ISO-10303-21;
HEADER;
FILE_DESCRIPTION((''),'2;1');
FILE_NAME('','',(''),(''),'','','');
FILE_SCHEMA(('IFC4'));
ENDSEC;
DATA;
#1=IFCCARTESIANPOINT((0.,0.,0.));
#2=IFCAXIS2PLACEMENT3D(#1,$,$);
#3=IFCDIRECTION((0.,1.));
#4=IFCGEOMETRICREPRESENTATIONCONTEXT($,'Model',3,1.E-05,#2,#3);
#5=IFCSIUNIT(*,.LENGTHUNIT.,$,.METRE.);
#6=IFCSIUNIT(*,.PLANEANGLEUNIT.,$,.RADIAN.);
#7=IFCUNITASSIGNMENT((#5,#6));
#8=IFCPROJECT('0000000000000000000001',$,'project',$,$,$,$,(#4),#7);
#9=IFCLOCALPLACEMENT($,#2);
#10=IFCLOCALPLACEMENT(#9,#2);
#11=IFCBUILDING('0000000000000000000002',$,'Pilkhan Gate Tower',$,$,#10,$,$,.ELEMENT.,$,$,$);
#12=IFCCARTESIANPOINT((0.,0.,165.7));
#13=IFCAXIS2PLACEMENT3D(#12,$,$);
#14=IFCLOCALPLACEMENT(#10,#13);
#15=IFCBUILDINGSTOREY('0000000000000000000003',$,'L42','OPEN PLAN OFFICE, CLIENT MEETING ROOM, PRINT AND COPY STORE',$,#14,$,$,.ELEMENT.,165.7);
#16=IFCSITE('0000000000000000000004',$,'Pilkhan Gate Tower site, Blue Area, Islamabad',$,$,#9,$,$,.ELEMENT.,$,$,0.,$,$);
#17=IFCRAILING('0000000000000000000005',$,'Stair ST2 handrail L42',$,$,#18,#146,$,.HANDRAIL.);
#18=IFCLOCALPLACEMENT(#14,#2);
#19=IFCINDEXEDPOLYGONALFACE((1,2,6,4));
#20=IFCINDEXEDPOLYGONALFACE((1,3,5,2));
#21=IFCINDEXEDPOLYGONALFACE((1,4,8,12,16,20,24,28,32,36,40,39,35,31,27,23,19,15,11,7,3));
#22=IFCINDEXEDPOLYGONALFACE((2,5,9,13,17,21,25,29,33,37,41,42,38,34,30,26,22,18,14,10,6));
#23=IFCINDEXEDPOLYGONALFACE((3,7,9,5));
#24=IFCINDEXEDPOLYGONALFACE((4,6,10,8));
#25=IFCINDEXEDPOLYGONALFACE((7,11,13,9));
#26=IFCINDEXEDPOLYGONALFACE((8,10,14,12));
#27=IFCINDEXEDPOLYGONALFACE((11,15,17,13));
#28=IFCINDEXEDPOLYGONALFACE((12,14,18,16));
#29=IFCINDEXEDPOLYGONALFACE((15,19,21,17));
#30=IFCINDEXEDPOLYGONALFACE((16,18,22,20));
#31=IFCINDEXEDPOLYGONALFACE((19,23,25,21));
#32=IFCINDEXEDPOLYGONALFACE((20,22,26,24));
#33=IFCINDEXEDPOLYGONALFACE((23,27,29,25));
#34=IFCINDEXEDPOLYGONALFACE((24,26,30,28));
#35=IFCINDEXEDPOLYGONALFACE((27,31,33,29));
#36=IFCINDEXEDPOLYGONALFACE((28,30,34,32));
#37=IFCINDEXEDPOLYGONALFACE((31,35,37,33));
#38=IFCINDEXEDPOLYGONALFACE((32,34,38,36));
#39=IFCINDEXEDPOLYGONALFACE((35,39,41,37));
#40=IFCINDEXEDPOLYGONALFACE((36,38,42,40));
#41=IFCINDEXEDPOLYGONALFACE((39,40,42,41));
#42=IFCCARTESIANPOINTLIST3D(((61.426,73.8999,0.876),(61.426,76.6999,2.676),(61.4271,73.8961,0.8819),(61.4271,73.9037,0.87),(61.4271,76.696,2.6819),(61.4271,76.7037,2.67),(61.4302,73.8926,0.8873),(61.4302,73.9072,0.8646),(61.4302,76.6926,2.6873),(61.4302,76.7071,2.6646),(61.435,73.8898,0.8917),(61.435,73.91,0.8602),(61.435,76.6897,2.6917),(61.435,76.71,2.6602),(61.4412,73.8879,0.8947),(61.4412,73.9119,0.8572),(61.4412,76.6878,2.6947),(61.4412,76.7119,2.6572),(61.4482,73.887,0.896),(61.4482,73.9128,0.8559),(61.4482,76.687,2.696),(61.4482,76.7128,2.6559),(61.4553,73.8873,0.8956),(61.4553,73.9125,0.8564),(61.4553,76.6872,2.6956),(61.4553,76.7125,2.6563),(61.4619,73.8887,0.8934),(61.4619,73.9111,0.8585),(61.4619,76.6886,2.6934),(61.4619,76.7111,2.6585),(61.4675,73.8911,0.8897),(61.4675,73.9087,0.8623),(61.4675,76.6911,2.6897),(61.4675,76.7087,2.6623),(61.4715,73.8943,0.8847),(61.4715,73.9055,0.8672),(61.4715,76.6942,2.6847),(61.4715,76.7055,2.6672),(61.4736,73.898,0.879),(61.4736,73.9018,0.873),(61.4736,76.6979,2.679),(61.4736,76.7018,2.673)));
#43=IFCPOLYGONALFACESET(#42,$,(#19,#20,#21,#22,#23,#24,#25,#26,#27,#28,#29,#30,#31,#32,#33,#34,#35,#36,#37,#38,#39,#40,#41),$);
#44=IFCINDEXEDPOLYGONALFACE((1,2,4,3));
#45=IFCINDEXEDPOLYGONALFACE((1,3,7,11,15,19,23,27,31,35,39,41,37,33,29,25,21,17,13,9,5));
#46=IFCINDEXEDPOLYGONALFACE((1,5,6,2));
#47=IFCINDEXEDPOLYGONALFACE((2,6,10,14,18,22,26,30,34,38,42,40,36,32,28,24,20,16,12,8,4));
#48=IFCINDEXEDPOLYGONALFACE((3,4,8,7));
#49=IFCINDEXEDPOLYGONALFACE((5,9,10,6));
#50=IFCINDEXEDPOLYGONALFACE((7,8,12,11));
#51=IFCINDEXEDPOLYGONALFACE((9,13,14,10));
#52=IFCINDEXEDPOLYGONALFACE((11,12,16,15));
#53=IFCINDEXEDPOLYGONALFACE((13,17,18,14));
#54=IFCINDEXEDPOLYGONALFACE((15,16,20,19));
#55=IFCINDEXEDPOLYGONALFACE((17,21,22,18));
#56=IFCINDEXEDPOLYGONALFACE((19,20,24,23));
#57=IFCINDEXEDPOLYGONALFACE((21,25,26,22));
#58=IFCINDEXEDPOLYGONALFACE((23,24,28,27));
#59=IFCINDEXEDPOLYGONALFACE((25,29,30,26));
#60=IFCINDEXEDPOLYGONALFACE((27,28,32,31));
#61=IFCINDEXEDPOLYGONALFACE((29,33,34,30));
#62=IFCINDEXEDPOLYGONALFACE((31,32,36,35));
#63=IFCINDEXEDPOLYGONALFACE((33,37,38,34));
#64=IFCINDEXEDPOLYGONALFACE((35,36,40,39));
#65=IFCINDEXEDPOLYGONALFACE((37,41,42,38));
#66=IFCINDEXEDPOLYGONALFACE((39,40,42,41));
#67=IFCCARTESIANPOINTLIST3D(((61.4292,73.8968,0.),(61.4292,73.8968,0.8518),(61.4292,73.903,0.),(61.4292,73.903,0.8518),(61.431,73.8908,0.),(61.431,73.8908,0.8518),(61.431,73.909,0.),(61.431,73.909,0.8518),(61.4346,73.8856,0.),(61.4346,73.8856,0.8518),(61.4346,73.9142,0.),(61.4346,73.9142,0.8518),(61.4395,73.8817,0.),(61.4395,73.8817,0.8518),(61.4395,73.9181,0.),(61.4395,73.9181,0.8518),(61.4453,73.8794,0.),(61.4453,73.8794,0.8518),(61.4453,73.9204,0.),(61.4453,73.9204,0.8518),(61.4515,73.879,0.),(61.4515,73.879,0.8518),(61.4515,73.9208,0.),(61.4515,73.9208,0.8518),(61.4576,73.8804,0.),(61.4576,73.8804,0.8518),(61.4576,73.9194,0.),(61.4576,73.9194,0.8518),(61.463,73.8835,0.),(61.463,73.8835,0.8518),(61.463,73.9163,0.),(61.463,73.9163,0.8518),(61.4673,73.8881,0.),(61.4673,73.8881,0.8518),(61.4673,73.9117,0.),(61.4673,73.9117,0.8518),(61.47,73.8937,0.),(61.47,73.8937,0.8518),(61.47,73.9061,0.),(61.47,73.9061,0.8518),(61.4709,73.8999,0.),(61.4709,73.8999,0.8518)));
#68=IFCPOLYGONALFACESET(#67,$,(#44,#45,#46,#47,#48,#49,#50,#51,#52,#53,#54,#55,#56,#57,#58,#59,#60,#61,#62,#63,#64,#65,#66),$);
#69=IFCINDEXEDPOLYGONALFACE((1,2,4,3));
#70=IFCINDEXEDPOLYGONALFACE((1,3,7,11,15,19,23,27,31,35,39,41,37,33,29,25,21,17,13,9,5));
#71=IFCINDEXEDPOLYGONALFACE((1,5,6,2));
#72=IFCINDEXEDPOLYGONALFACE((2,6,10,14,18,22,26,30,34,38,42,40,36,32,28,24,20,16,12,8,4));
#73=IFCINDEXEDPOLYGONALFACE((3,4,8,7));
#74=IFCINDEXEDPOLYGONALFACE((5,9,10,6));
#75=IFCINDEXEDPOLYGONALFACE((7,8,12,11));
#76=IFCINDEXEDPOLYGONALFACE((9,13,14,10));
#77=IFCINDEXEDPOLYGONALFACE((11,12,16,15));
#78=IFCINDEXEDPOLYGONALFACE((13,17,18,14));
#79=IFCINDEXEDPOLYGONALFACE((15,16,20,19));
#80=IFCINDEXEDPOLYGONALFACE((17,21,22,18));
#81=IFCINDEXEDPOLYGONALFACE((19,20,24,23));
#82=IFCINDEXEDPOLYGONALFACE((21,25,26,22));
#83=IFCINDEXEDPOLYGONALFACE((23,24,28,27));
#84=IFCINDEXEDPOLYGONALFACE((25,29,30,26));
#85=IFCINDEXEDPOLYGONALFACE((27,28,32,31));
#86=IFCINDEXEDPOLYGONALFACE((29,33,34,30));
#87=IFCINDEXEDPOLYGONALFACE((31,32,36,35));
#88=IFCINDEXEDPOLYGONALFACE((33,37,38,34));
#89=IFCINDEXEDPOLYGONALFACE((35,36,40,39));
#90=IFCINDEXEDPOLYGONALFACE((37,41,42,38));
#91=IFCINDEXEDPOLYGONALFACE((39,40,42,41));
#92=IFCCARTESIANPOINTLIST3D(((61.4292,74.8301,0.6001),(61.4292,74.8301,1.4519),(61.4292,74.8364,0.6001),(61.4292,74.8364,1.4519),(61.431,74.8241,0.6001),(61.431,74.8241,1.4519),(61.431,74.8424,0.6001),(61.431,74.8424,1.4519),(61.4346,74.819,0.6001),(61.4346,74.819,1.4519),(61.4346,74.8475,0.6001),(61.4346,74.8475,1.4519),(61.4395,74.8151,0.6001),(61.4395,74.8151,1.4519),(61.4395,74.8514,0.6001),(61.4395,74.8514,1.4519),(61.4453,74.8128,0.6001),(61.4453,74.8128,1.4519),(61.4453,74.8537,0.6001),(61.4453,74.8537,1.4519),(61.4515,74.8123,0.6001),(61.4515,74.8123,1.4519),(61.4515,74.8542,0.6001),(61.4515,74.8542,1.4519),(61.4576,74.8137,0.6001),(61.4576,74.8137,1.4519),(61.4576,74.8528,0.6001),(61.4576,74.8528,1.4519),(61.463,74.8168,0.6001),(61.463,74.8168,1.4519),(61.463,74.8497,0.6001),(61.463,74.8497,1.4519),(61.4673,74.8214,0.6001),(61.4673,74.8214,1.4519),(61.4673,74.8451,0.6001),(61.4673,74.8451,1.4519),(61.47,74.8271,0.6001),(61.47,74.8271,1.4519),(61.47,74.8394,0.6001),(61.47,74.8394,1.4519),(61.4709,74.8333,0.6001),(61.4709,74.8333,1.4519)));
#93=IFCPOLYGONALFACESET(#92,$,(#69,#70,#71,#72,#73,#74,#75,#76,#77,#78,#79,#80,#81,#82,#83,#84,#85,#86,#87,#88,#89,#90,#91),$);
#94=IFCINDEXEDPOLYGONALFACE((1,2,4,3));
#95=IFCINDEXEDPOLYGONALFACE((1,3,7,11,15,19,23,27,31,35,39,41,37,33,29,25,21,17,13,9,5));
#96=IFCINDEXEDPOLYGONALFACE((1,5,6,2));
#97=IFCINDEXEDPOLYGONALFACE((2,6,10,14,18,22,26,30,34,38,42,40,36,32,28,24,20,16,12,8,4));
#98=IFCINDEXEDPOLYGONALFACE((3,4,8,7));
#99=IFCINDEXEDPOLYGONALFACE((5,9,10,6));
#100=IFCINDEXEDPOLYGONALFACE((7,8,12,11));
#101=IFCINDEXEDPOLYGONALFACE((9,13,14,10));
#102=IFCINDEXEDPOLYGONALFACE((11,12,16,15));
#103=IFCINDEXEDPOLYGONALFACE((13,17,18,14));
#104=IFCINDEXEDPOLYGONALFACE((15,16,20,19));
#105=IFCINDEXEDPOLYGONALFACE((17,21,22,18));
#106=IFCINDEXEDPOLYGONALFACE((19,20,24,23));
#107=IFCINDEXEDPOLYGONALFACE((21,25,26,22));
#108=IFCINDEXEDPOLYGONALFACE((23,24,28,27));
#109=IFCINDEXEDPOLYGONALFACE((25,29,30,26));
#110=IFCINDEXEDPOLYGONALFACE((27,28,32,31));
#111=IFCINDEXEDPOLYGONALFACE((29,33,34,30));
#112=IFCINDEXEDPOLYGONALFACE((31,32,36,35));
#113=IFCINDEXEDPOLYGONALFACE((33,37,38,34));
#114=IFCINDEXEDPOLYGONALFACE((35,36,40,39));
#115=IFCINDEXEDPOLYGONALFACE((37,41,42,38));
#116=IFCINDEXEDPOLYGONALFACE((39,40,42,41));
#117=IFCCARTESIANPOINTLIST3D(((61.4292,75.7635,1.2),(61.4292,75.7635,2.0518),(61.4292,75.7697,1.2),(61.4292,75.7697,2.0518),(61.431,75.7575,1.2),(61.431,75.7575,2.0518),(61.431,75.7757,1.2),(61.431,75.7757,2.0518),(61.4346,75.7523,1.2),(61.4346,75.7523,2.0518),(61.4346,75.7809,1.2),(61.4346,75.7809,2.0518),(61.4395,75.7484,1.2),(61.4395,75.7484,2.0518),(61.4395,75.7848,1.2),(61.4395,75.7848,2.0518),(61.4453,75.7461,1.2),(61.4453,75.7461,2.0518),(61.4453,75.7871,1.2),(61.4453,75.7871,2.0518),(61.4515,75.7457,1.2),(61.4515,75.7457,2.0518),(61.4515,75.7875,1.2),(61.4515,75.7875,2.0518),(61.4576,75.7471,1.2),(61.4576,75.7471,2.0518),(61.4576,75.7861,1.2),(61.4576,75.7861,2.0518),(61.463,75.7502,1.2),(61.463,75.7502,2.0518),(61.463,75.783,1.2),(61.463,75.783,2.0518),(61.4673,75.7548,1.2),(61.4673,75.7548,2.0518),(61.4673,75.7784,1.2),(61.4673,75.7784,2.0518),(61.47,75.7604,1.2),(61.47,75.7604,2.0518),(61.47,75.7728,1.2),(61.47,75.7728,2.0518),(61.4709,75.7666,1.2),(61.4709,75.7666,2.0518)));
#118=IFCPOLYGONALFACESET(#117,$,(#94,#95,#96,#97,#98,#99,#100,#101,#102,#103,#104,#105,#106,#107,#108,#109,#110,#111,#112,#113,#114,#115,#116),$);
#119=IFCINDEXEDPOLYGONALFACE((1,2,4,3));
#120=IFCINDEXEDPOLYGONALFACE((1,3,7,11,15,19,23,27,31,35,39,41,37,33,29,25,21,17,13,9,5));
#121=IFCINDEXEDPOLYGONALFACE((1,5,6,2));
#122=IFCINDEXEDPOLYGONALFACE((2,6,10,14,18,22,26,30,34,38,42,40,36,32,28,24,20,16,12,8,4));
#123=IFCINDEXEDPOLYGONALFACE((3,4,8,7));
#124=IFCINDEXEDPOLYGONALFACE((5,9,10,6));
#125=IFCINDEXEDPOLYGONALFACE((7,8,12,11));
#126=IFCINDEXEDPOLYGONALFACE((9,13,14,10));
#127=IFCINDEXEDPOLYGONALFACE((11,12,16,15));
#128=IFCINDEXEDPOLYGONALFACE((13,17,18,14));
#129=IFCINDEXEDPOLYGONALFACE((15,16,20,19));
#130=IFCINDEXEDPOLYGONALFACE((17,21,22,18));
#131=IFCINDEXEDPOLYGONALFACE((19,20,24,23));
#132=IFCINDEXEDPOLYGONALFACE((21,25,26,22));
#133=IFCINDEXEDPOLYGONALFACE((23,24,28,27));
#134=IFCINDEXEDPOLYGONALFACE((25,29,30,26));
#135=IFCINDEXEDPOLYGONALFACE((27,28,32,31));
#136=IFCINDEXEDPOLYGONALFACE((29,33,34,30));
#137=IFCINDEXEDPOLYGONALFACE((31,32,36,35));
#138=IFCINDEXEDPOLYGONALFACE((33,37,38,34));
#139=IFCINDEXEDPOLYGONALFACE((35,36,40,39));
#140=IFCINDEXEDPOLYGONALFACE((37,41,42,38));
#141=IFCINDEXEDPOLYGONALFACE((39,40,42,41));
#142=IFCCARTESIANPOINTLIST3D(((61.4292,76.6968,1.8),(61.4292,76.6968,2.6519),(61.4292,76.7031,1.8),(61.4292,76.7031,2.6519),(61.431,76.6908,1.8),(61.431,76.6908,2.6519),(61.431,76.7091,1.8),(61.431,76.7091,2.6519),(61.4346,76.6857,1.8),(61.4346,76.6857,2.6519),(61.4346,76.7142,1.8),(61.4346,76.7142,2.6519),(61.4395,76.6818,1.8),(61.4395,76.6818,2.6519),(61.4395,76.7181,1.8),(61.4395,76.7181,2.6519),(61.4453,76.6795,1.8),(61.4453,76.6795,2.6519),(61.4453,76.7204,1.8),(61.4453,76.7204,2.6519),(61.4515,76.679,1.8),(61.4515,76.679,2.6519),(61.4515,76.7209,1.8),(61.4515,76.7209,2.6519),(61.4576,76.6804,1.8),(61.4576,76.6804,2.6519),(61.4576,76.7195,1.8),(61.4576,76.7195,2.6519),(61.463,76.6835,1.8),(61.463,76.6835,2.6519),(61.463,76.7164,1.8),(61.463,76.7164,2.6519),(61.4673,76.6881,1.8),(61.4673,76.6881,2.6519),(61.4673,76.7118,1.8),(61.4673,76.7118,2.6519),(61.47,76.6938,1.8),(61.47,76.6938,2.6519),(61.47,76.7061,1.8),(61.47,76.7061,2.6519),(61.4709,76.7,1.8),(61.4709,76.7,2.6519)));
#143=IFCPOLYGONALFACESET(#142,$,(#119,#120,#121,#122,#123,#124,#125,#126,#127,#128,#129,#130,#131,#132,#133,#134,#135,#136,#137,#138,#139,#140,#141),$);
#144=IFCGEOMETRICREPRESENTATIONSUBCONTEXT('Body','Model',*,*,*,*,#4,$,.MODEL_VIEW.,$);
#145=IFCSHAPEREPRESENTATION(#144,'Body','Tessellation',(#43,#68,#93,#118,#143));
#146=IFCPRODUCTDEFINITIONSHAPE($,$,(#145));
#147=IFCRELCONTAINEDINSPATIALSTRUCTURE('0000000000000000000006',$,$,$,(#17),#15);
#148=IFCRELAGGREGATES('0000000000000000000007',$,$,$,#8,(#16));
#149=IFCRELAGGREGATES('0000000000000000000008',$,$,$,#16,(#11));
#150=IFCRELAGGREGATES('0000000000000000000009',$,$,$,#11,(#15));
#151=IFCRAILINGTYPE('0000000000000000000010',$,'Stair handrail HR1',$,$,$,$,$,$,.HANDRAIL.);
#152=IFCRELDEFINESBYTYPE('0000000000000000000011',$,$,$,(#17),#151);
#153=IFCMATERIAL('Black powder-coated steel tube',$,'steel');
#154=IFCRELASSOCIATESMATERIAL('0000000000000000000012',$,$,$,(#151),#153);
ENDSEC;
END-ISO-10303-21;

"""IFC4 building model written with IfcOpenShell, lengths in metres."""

from ifc_helpers import new_model, si_unit, direction, frame, origin, origin_2d, place, context, subcontext, project, spatial, circle, extrude, material, type_object, element, save


model = new_model("IFC4")

# Units and contexts
model_context = context("Model", 3, precision=1e-05, world=origin(), true_north=direction((0.0, 1.0)))
body_context = subcontext(model_context, "Body", "Model", "MODEL_VIEW")
ifc_project = project(units=[si_unit("LENGTHUNIT", "METRE"), si_unit("PLANEANGLEUNIT", "RADIAN")], contexts=[model_context])

# Site, building, storey
site_placement = place(None, origin())
site = spatial("IfcSite", under=ifc_project, at=site_placement, Name="Pilkhan Gate Tower site, Blue Area, Islamabad", CompositionType="ELEMENT", RefElevation=0.0)
building_placement = place(site_placement, origin())
building = spatial("IfcBuilding", under=site, at=building_placement, Name="Pilkhan Gate Tower", CompositionType="ELEMENT")
storey_placement = place(building_placement, frame((0.0, 0.0, 165.7)))
storey = spatial("IfcBuildingStorey", under=building, at=storey_placement, Name="L42", Description="OPEN PLAN OFFICE, CLIENT MEETING ROOM, PRINT AND COPY STORE", CompositionType="ELEMENT", Elevation=165.7)

# Railing
ifc_material_1 = material(Name="Black powder-coated steel tube", Category="steel")
railing_type_1 = type_object("IfcRailingType", Name="Stair handrail HR1", PredefinedType="HANDRAIL", material=ifc_material_1)
railing_1_placement = place(storey_placement, frame((61.45, 73.8999, 0.0)))
element("IfcRailing", 1, at=railing_1_placement, inside=storey, type_object=railing_type_1, Name="Stair ST2 handrail L42", PredefinedType="HANDRAIL", context=body_context, shape_type="SweptSolid", body=[
    extrude(circle(Radius=0.0239, at=origin_2d()), frame((0.0, 0.0, 0.876), z_axis=(0.0, 0.841176, 0.540761), x_axis=(-1.0, 0.0, 0.0)), (0.0, 0.0, 1.0), 3.3286),
    extrude(circle(Radius=0.021, at=origin_2d()), origin(), (0.0, 0.0, 1.0), 0.8518),
    extrude(circle(Radius=0.021, at=origin_2d()), frame((0.0, 0.9333, 0.6001)), (0.0, 0.0, 1.0), 0.8518),
    extrude(circle(Radius=0.021, at=origin_2d()), frame((0.0, 1.8667, 1.2)), (0.0, 0.0, 1.0), 0.8518),
    extrude(circle(Radius=0.021, at=origin_2d()), frame((0.0, 2.8, 1.8)), (0.0, 0.0, 1.0), 0.8518),
])

save(model, "model.ifc")
